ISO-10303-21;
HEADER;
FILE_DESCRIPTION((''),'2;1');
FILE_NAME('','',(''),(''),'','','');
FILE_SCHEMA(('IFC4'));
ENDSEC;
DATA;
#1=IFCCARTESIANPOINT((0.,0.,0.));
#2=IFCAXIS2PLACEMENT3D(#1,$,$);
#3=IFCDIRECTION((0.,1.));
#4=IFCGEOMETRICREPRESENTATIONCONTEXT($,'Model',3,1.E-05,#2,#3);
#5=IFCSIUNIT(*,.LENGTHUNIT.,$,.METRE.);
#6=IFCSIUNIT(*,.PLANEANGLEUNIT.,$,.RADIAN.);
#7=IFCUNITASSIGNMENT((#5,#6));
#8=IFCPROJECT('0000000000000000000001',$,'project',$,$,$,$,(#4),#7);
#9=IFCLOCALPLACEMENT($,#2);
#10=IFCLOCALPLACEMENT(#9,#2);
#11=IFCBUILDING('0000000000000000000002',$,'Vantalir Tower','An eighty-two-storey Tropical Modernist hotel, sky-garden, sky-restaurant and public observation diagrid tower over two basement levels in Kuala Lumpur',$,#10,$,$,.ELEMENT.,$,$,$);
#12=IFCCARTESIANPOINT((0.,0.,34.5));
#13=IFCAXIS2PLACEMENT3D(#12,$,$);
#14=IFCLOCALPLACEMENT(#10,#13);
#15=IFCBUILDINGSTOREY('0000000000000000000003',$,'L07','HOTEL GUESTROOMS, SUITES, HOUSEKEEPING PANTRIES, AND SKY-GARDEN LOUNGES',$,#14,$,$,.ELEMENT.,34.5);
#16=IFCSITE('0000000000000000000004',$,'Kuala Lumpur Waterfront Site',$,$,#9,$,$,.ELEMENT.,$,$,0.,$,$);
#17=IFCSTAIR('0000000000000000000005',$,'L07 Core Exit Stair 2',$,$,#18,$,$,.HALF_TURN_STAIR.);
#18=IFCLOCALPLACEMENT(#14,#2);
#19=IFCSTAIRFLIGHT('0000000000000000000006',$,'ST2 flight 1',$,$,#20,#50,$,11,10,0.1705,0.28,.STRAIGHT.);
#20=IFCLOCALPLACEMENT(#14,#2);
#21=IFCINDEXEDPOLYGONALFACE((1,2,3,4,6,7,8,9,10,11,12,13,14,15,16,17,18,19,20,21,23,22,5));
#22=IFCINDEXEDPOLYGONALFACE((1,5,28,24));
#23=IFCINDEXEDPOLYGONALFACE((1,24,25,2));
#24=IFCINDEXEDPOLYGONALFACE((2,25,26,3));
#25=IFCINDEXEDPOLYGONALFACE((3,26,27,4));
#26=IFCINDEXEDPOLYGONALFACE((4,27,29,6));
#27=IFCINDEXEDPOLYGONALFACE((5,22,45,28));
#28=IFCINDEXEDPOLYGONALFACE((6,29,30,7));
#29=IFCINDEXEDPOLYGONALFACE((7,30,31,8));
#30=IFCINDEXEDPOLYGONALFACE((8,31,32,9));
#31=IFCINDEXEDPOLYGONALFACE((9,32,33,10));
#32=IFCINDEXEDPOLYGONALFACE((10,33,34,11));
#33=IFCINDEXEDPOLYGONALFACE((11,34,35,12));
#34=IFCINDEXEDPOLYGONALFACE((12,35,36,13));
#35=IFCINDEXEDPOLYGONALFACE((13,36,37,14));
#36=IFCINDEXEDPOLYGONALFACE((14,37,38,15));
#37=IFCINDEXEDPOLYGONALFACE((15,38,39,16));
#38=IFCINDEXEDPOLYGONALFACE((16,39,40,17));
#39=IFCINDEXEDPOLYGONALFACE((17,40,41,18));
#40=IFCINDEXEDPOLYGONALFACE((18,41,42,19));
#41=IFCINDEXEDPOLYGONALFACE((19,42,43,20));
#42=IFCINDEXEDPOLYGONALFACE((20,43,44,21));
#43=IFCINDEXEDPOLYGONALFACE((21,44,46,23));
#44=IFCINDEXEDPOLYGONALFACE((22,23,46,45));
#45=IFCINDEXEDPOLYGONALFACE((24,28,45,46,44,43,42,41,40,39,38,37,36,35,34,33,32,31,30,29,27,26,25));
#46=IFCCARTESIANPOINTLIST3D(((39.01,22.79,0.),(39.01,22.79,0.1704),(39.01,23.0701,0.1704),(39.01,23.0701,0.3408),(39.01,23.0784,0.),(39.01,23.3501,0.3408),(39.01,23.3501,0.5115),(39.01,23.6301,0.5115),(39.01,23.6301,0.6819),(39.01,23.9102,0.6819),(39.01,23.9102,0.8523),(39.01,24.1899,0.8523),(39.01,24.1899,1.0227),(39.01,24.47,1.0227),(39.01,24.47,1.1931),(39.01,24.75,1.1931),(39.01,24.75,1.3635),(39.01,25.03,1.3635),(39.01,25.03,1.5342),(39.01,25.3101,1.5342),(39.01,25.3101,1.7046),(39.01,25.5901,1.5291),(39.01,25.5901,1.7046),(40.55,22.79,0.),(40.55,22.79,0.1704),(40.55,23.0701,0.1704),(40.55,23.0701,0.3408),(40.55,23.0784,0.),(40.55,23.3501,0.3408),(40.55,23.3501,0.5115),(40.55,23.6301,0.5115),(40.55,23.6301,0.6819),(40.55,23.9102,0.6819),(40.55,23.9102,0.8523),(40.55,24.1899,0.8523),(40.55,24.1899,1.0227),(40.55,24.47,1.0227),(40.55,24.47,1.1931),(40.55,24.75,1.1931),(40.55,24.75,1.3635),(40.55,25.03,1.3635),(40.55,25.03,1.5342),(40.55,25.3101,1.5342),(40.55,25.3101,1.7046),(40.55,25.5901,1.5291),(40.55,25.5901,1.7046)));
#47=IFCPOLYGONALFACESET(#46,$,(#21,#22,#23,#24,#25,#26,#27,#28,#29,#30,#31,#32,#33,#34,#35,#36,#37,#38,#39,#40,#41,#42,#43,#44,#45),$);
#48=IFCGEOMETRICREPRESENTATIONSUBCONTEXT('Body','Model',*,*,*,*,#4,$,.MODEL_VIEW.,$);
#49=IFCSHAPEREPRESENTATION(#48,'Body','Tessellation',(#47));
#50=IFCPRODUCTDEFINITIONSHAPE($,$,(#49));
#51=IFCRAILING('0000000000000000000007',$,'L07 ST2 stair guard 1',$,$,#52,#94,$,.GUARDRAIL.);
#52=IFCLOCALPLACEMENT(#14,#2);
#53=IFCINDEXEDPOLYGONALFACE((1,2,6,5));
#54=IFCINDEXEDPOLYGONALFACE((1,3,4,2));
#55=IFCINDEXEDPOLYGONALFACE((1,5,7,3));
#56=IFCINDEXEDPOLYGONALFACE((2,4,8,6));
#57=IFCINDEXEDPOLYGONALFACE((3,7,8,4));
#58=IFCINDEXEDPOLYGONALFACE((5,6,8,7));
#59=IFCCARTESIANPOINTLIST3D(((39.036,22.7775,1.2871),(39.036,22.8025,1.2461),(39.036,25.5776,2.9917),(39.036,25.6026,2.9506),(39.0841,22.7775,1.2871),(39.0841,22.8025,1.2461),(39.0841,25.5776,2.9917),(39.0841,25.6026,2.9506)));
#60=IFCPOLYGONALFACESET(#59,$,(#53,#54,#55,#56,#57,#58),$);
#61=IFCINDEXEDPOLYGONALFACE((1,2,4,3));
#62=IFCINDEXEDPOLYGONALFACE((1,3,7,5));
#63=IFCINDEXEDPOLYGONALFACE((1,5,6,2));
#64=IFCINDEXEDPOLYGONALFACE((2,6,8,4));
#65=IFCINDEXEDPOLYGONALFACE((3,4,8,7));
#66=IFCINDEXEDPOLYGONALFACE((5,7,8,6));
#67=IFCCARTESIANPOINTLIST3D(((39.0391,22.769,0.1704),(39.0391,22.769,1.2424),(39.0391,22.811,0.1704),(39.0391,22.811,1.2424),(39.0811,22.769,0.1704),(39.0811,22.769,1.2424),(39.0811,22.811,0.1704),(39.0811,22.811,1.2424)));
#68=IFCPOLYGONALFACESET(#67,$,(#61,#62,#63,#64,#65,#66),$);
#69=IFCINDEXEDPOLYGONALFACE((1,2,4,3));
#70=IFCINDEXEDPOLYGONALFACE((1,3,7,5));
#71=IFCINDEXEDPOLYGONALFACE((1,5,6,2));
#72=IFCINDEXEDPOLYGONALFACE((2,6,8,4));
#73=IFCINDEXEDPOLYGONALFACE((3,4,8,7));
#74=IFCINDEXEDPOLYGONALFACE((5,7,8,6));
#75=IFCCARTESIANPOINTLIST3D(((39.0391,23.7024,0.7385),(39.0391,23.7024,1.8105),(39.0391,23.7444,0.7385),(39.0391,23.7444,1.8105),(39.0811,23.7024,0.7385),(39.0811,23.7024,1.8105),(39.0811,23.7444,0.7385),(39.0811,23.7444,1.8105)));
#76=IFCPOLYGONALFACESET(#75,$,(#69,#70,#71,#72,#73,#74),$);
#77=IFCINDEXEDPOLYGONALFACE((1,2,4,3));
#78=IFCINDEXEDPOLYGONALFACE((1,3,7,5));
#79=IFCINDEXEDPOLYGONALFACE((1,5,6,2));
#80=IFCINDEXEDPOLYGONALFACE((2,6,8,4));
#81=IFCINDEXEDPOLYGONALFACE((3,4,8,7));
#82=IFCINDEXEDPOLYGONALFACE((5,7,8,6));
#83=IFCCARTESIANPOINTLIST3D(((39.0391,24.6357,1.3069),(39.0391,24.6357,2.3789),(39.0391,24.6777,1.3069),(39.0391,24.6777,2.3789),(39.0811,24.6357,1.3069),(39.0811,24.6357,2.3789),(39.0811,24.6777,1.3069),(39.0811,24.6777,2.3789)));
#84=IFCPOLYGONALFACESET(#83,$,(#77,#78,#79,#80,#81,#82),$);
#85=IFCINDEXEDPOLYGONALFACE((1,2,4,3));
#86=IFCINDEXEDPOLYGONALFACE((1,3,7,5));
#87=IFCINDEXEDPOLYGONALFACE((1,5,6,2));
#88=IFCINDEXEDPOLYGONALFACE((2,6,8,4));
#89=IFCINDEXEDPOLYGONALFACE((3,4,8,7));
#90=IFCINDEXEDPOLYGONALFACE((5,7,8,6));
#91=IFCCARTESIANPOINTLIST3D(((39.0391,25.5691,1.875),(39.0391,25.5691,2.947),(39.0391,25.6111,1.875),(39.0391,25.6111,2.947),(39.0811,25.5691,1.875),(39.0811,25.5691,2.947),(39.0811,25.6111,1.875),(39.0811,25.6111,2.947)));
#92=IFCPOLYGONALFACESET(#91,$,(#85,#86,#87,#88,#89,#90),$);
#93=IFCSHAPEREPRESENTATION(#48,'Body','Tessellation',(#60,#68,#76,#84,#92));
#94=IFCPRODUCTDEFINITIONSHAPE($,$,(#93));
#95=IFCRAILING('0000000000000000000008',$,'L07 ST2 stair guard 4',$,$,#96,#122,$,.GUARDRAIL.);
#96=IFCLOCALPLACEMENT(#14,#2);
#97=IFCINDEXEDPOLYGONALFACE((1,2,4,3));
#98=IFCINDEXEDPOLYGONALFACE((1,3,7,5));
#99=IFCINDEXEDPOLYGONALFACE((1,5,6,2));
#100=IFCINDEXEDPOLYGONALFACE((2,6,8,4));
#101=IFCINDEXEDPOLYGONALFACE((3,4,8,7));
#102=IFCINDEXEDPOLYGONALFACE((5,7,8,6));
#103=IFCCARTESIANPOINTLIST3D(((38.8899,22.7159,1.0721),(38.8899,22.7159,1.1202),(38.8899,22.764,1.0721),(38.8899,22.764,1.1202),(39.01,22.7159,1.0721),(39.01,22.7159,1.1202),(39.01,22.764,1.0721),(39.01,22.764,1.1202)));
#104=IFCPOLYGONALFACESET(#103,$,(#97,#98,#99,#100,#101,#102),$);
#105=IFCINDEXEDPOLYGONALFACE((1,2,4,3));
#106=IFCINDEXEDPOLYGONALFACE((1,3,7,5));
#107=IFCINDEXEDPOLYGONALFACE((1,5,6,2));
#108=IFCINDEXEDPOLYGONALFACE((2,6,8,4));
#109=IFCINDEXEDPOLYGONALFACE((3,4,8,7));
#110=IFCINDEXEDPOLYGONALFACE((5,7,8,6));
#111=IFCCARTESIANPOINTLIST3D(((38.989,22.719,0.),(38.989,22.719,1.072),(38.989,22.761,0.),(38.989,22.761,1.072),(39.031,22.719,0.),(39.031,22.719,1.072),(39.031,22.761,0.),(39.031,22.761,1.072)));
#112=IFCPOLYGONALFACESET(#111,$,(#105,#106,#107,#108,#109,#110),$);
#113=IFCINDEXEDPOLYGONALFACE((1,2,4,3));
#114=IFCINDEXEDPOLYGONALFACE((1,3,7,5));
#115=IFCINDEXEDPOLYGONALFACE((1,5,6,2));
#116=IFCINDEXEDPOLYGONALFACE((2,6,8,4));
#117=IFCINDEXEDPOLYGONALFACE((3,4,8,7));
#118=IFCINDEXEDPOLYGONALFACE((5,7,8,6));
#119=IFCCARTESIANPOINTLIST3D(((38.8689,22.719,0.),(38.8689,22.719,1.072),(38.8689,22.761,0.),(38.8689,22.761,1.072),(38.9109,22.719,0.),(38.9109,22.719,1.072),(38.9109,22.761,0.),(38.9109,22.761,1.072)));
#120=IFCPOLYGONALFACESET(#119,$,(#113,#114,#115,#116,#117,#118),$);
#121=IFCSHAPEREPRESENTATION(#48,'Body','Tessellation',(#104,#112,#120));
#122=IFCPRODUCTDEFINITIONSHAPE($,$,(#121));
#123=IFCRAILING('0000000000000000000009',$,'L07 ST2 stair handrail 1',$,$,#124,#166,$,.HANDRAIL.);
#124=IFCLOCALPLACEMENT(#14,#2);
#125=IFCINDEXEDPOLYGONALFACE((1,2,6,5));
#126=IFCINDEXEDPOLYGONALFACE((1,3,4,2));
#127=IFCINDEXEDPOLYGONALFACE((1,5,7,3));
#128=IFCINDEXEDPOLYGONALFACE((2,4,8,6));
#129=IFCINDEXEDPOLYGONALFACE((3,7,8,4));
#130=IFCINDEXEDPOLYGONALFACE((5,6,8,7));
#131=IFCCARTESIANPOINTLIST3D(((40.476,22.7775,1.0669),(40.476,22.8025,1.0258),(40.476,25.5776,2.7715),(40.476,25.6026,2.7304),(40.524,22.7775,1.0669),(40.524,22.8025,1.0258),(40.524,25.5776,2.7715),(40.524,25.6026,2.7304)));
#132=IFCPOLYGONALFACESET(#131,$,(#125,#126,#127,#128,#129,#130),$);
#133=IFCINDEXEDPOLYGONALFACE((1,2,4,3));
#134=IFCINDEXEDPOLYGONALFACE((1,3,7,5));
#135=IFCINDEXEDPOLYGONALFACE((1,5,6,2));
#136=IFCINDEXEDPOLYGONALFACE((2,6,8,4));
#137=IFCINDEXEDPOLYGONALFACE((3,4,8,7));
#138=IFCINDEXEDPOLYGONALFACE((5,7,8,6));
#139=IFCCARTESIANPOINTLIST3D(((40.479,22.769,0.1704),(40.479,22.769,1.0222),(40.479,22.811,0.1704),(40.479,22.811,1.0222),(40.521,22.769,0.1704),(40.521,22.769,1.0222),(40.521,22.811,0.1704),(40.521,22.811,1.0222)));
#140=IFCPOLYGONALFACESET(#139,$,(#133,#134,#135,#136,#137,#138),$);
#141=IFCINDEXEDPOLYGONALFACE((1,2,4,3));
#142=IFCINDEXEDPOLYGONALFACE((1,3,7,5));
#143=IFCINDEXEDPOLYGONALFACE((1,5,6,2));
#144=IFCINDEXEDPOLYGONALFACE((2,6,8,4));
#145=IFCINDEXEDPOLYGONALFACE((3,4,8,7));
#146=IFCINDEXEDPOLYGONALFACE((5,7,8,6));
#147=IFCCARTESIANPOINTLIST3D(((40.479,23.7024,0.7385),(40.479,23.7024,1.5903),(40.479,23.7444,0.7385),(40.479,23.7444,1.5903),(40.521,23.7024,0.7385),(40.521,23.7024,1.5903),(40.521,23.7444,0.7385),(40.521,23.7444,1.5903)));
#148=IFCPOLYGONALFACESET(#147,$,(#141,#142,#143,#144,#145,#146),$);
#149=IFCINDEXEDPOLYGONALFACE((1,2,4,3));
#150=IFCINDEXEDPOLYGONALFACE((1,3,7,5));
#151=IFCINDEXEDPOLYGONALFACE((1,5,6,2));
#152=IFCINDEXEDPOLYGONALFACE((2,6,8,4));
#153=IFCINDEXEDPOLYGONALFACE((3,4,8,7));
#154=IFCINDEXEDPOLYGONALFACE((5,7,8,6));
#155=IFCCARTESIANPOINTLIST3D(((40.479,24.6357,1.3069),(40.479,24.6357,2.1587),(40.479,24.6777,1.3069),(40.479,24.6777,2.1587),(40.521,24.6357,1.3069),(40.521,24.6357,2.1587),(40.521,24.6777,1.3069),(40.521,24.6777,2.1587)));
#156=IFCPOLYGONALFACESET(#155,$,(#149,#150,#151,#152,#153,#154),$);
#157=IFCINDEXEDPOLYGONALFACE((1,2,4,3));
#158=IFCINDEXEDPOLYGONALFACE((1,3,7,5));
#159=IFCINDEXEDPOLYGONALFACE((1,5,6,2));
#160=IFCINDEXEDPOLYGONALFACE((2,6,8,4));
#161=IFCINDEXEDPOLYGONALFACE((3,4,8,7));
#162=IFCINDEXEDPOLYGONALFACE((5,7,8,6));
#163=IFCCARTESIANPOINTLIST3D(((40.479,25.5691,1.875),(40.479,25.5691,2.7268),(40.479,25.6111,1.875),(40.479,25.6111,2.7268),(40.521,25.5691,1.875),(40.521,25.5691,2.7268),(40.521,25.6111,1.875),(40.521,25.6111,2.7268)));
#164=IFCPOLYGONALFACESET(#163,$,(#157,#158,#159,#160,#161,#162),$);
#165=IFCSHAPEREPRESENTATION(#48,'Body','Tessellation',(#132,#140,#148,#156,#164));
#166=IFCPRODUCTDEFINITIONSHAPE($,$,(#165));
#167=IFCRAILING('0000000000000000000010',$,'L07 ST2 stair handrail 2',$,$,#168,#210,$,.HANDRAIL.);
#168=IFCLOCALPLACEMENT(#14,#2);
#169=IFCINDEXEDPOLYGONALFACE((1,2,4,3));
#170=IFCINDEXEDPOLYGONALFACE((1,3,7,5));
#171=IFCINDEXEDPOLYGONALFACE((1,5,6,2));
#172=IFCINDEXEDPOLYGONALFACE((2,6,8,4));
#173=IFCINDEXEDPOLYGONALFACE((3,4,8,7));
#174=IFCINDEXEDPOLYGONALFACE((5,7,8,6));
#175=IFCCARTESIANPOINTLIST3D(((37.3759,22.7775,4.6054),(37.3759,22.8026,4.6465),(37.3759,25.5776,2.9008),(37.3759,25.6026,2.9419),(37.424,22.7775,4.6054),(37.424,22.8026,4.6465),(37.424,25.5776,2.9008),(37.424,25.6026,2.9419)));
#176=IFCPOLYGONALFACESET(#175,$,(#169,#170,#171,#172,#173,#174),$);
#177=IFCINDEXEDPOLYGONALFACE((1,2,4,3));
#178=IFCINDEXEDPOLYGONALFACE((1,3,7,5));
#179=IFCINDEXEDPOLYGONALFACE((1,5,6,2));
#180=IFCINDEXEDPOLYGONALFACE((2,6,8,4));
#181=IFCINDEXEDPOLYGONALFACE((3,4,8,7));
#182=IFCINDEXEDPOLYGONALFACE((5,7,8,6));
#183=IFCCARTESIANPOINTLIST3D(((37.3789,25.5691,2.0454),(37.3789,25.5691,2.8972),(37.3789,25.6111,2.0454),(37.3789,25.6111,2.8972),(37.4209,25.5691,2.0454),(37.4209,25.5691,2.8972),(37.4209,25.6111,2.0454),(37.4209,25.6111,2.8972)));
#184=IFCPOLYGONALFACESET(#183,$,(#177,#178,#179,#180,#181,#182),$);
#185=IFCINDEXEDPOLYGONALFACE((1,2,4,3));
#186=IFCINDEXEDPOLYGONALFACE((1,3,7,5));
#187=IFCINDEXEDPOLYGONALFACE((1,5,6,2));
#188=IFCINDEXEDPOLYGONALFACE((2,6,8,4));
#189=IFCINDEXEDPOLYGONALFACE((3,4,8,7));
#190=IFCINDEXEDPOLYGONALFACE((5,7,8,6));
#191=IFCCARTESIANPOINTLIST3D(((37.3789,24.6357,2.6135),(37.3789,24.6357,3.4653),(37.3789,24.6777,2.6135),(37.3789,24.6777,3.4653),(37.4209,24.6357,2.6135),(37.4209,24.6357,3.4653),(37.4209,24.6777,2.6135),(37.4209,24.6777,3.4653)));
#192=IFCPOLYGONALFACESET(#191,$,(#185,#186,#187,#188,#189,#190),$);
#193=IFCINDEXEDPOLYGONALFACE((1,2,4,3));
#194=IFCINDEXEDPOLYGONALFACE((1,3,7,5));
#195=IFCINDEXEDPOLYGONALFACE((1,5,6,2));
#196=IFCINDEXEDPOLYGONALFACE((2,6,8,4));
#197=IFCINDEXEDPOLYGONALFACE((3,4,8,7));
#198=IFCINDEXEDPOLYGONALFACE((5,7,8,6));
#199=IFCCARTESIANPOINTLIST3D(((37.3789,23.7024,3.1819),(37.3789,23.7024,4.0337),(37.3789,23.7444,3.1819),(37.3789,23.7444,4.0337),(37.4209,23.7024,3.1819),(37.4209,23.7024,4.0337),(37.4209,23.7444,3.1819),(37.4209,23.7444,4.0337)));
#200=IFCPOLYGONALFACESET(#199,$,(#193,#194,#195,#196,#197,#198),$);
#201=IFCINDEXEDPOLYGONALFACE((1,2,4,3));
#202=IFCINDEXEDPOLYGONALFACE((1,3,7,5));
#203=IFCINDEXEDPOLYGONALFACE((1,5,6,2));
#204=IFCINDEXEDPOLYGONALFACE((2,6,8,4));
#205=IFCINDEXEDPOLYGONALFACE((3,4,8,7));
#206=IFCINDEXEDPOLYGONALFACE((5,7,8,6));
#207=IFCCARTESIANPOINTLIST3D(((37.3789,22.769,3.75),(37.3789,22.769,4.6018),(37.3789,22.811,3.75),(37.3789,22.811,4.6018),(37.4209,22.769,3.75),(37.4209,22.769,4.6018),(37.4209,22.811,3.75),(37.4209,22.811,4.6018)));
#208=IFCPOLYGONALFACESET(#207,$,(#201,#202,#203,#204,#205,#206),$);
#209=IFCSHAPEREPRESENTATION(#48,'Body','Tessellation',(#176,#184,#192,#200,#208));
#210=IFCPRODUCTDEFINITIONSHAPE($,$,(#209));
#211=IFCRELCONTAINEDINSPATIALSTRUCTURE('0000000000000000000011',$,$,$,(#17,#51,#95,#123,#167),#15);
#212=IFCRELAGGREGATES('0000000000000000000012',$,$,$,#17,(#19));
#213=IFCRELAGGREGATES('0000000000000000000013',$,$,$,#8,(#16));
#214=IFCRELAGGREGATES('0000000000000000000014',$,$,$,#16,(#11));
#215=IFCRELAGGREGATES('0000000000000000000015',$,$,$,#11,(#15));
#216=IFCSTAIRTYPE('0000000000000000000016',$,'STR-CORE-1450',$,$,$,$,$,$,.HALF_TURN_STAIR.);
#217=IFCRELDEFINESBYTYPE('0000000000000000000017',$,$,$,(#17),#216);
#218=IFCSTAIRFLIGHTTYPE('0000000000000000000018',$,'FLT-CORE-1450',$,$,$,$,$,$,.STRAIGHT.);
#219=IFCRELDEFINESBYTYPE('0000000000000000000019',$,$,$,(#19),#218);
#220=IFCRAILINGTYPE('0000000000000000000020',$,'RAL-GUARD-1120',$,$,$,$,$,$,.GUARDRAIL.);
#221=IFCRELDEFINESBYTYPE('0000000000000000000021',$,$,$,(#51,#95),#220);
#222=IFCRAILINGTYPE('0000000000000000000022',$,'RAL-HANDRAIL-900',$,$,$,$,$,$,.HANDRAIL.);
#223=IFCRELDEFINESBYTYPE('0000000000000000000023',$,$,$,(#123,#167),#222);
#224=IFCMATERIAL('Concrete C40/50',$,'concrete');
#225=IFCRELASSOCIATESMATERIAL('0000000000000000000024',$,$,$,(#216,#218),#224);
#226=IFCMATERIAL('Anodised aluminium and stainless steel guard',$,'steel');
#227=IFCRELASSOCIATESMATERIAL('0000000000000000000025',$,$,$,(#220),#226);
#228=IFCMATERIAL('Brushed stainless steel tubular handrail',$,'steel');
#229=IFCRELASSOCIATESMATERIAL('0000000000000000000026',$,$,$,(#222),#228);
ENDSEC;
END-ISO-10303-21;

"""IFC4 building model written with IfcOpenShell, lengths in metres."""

from ifc_helpers import new_model, si_unit, direction, frame, origin, origin_2d, place, context, subcontext, project, spatial, polyline, rectangle, outline, extrude, material, type_object, element, aggregate, save


model = new_model("IFC4")

# Units and contexts
model_context = context("Model", 3, precision=1e-05, world=origin(), true_north=direction((0.0, 1.0)))
body_context = subcontext(model_context, "Body", "Model", "MODEL_VIEW")
ifc_project = project(units=[si_unit("LENGTHUNIT", "METRE"), si_unit("PLANEANGLEUNIT", "RADIAN")], contexts=[model_context])

# Site, building, storey
site_placement = place(None, origin())
site = spatial("IfcSite", under=ifc_project, at=site_placement, Name="Kuala Lumpur Waterfront Site", CompositionType="ELEMENT", RefElevation=0.0)
building_placement = place(site_placement, origin())
building = spatial("IfcBuilding", under=site, at=building_placement, Name="Vantalir Tower", Description="An eighty-two-storey Tropical Modernist hotel, sky-garden, sky-restaurant and public observation diagrid tower over two basement levels in Kuala Lumpur", CompositionType="ELEMENT")
storey_placement = place(building_placement, frame((0.0, 0.0, 34.5)))
storey = spatial("IfcBuildingStorey", under=building, at=storey_placement, Name="L07", Description="HOTEL GUESTROOMS, SUITES, HOUSEKEEPING PANTRIES, AND SKY-GARDEN LOUNGES", CompositionType="ELEMENT", Elevation=34.5)

# Stair, stair flight
ifc_material_1 = material(Name="Concrete C40/50", Category="concrete")
stair_type = type_object("IfcStairType", Name="STR-CORE-1450", PredefinedType="HALF_TURN_STAIR", material=ifc_material_1)
stair_placement = place(storey_placement, origin())
stair = element("IfcStair", 1, at=stair_placement, inside=storey, type_object=stair_type, Name="L07 Core Exit Stair 2", PredefinedType="HALF_TURN_STAIR")
stair_flight_type = type_object("IfcStairFlightType", Name="FLT-CORE-1450", PredefinedType="STRAIGHT", material=ifc_material_1)
stair_flight_placement = place(storey_placement, frame((39.78, 22.79, 0.0), z_axis=(0.0, 0.0, 1.0), x_axis=(0.0, 1.0, 0.0)))
stair_flight = element("IfcStairFlight", 2, at=stair_flight_placement, type_object=stair_flight_type, Name="ST2 flight 1", NumberOfRisers=11, NumberOfTreads=10, PredefinedType="STRAIGHT", RiserHeight=0.1705, TreadLength=0.28, context=body_context, shape_type="SweptSolid", body=[
    extrude(outline(polyline([(0.0, 0.0), (0.0, 0.1704), (0.28, 0.1704), (0.28, 0.3408), (0.5601, 0.3408), (0.5601, 0.5115), (0.8401, 0.5115), (0.8401, 0.6819), (1.1201, 0.6819), (1.1201, 0.8523), (1.3999, 0.8523), (1.3999, 1.0227), (1.6799, 1.0227), (1.6799, 1.1931), (1.96, 1.1931), (1.96, 1.3635), (2.24, 1.3635), (2.24, 1.5342), (2.52, 1.5342), (2.52, 1.7046), (2.8, 1.7046), (2.8, 1.875), (2.8, 1.5291), (0.2883, 0.0), (0.0, 0.0)])), frame((0.0, 0.77, 0.0), z_axis=(0.0, -1.0, 0.0), x_axis=(1.0, 0.0, 0.0)), (0.0, 0.0, 1.0), 1.54),
])
aggregate(stair, [stair_flight])

# Railings
ifc_material_2 = material(Name="Anodised aluminium and stainless steel guard", Category="steel")
railing_type_1 = type_object("IfcRailingType", Name="RAL-GUARD-1120", PredefinedType="GUARDRAIL", material=ifc_material_2)
railing_1_placement = place(storey_placement, frame((39.0601, 22.79, 0.1704)))
element("IfcRailing", 3, at=railing_1_placement, inside=storey, type_object=railing_type_1, Name="L07 ST2 stair guard 1", PredefinedType="GUARDRAIL", context=body_context, shape_type="SweptSolid", body=[
    extrude(rectangle(XDim=0.0481, YDim=0.0481, at=origin_2d()), frame((0.0, 0.0, 1.0962), z_axis=(0.0, 0.85417, 0.519994), x_axis=(-1.0, 0.0, 0.0)), (0.0, 0.0, 1.0), 3.2781),
    extrude(rectangle(XDim=0.042, YDim=0.042, at=origin_2d()), origin(), (0.0, 0.0, 1.0), 1.072),
    extrude(rectangle(XDim=0.042, YDim=0.042, at=origin_2d()), frame((0.0, 0.9333, 0.5681)), (0.0, 0.0, 1.0), 1.072),
    extrude(rectangle(XDim=0.042, YDim=0.042, at=origin_2d()), frame((0.0, 1.8667, 1.1365)), (0.0, 0.0, 1.0), 1.072),
    extrude(rectangle(XDim=0.042, YDim=0.042, at=origin_2d()), frame((0.0, 2.8, 1.7046)), (0.0, 0.0, 1.0), 1.072),
])
railing_2_placement = place(storey_placement, frame((39.01, 22.74, 0.0)))
element("IfcRailing", 4, at=railing_2_placement, inside=storey, type_object=railing_type_1, Name="L07 ST2 stair guard 4", PredefinedType="GUARDRAIL", context=body_context, shape_type="SweptSolid", body=[
    extrude(rectangle(XDim=0.0481, YDim=0.0481, at=origin_2d()), frame((0.0, 0.0, 1.0962), z_axis=(-1.0, 0.0, 0.0), x_axis=(0.0, -1.0, 0.0)), (0.0, 0.0, 1.0), 0.1201),
    extrude(rectangle(XDim=0.042, YDim=0.042, at=origin_2d()), origin(), (0.0, 0.0, 1.0), 1.072),
    extrude(rectangle(XDim=0.042, YDim=0.042, at=origin_2d()), frame((-0.1201, 0.0, 0.0)), (0.0, 0.0, 1.0), 1.072),
])
ifc_material_3 = material(Name="Brushed stainless steel tubular handrail", Category="steel")
railing_type_2 = type_object("IfcRailingType", Name="RAL-HANDRAIL-900", PredefinedType="HANDRAIL", material=ifc_material_3)
railing_3_placement = place(storey_placement, frame((40.5, 22.79, 0.1704)))
element("IfcRailing", 5, at=railing_3_placement, inside=storey, type_object=railing_type_2, Name="L07 ST2 stair handrail 1", PredefinedType="HANDRAIL", context=body_context, shape_type="SweptSolid", body=[
    extrude(rectangle(XDim=0.0481, YDim=0.0481, at=origin_2d()), frame((0.0, 0.0, 0.876), z_axis=(0.0, 0.85417, 0.519994), x_axis=(-1.0, 0.0, 0.0)), (0.0, 0.0, 1.0), 3.2781),
    extrude(rectangle(XDim=0.042, YDim=0.042, at=origin_2d()), origin(), (0.0, 0.0, 1.0), 0.8518),
    extrude(rectangle(XDim=0.042, YDim=0.042, at=origin_2d()), frame((0.0, 0.9333, 0.5681)), (0.0, 0.0, 1.0), 0.8518),
    extrude(rectangle(XDim=0.042, YDim=0.042, at=origin_2d()), frame((0.0, 1.8667, 1.1365)), (0.0, 0.0, 1.0), 0.8518),
    extrude(rectangle(XDim=0.042, YDim=0.042, at=origin_2d()), frame((0.0, 2.8, 1.7046)), (0.0, 0.0, 1.0), 0.8518),
])
railing_4_placement = place(storey_placement, frame((37.3999, 25.5901, 2.0454)))
element("IfcRailing", 6, at=railing_4_placement, inside=storey, type_object=railing_type_2, Name="L07 ST2 stair handrail 2", PredefinedType="HANDRAIL", context=body_context, shape_type="SweptSolid", body=[
    extrude(rectangle(XDim=0.0481, YDim=0.0481, at=origin_2d()), frame((0.0, 0.0, 0.876), z_axis=(0.0, -0.85417, 0.519994), x_axis=(1.0, 0.0, 0.0)), (0.0, 0.0, 1.0), 3.2781),
    extrude(rectangle(XDim=0.042, YDim=0.042, at=origin_2d()), origin(), (0.0, 0.0, 1.0), 0.8518),
    extrude(rectangle(XDim=0.042, YDim=0.042, at=origin_2d()), frame((0.0, -0.9333, 0.5681)), (0.0, 0.0, 1.0), 0.8518),
    extrude(rectangle(XDim=0.042, YDim=0.042, at=origin_2d()), frame((0.0, -1.8667, 1.1365)), (0.0, 0.0, 1.0), 0.8518),
    extrude(rectangle(XDim=0.042, YDim=0.042, at=origin_2d()), frame((0.0, -2.8, 1.7046)), (0.0, 0.0, 1.0), 0.8518),
])

save(model, "model.ifc")
